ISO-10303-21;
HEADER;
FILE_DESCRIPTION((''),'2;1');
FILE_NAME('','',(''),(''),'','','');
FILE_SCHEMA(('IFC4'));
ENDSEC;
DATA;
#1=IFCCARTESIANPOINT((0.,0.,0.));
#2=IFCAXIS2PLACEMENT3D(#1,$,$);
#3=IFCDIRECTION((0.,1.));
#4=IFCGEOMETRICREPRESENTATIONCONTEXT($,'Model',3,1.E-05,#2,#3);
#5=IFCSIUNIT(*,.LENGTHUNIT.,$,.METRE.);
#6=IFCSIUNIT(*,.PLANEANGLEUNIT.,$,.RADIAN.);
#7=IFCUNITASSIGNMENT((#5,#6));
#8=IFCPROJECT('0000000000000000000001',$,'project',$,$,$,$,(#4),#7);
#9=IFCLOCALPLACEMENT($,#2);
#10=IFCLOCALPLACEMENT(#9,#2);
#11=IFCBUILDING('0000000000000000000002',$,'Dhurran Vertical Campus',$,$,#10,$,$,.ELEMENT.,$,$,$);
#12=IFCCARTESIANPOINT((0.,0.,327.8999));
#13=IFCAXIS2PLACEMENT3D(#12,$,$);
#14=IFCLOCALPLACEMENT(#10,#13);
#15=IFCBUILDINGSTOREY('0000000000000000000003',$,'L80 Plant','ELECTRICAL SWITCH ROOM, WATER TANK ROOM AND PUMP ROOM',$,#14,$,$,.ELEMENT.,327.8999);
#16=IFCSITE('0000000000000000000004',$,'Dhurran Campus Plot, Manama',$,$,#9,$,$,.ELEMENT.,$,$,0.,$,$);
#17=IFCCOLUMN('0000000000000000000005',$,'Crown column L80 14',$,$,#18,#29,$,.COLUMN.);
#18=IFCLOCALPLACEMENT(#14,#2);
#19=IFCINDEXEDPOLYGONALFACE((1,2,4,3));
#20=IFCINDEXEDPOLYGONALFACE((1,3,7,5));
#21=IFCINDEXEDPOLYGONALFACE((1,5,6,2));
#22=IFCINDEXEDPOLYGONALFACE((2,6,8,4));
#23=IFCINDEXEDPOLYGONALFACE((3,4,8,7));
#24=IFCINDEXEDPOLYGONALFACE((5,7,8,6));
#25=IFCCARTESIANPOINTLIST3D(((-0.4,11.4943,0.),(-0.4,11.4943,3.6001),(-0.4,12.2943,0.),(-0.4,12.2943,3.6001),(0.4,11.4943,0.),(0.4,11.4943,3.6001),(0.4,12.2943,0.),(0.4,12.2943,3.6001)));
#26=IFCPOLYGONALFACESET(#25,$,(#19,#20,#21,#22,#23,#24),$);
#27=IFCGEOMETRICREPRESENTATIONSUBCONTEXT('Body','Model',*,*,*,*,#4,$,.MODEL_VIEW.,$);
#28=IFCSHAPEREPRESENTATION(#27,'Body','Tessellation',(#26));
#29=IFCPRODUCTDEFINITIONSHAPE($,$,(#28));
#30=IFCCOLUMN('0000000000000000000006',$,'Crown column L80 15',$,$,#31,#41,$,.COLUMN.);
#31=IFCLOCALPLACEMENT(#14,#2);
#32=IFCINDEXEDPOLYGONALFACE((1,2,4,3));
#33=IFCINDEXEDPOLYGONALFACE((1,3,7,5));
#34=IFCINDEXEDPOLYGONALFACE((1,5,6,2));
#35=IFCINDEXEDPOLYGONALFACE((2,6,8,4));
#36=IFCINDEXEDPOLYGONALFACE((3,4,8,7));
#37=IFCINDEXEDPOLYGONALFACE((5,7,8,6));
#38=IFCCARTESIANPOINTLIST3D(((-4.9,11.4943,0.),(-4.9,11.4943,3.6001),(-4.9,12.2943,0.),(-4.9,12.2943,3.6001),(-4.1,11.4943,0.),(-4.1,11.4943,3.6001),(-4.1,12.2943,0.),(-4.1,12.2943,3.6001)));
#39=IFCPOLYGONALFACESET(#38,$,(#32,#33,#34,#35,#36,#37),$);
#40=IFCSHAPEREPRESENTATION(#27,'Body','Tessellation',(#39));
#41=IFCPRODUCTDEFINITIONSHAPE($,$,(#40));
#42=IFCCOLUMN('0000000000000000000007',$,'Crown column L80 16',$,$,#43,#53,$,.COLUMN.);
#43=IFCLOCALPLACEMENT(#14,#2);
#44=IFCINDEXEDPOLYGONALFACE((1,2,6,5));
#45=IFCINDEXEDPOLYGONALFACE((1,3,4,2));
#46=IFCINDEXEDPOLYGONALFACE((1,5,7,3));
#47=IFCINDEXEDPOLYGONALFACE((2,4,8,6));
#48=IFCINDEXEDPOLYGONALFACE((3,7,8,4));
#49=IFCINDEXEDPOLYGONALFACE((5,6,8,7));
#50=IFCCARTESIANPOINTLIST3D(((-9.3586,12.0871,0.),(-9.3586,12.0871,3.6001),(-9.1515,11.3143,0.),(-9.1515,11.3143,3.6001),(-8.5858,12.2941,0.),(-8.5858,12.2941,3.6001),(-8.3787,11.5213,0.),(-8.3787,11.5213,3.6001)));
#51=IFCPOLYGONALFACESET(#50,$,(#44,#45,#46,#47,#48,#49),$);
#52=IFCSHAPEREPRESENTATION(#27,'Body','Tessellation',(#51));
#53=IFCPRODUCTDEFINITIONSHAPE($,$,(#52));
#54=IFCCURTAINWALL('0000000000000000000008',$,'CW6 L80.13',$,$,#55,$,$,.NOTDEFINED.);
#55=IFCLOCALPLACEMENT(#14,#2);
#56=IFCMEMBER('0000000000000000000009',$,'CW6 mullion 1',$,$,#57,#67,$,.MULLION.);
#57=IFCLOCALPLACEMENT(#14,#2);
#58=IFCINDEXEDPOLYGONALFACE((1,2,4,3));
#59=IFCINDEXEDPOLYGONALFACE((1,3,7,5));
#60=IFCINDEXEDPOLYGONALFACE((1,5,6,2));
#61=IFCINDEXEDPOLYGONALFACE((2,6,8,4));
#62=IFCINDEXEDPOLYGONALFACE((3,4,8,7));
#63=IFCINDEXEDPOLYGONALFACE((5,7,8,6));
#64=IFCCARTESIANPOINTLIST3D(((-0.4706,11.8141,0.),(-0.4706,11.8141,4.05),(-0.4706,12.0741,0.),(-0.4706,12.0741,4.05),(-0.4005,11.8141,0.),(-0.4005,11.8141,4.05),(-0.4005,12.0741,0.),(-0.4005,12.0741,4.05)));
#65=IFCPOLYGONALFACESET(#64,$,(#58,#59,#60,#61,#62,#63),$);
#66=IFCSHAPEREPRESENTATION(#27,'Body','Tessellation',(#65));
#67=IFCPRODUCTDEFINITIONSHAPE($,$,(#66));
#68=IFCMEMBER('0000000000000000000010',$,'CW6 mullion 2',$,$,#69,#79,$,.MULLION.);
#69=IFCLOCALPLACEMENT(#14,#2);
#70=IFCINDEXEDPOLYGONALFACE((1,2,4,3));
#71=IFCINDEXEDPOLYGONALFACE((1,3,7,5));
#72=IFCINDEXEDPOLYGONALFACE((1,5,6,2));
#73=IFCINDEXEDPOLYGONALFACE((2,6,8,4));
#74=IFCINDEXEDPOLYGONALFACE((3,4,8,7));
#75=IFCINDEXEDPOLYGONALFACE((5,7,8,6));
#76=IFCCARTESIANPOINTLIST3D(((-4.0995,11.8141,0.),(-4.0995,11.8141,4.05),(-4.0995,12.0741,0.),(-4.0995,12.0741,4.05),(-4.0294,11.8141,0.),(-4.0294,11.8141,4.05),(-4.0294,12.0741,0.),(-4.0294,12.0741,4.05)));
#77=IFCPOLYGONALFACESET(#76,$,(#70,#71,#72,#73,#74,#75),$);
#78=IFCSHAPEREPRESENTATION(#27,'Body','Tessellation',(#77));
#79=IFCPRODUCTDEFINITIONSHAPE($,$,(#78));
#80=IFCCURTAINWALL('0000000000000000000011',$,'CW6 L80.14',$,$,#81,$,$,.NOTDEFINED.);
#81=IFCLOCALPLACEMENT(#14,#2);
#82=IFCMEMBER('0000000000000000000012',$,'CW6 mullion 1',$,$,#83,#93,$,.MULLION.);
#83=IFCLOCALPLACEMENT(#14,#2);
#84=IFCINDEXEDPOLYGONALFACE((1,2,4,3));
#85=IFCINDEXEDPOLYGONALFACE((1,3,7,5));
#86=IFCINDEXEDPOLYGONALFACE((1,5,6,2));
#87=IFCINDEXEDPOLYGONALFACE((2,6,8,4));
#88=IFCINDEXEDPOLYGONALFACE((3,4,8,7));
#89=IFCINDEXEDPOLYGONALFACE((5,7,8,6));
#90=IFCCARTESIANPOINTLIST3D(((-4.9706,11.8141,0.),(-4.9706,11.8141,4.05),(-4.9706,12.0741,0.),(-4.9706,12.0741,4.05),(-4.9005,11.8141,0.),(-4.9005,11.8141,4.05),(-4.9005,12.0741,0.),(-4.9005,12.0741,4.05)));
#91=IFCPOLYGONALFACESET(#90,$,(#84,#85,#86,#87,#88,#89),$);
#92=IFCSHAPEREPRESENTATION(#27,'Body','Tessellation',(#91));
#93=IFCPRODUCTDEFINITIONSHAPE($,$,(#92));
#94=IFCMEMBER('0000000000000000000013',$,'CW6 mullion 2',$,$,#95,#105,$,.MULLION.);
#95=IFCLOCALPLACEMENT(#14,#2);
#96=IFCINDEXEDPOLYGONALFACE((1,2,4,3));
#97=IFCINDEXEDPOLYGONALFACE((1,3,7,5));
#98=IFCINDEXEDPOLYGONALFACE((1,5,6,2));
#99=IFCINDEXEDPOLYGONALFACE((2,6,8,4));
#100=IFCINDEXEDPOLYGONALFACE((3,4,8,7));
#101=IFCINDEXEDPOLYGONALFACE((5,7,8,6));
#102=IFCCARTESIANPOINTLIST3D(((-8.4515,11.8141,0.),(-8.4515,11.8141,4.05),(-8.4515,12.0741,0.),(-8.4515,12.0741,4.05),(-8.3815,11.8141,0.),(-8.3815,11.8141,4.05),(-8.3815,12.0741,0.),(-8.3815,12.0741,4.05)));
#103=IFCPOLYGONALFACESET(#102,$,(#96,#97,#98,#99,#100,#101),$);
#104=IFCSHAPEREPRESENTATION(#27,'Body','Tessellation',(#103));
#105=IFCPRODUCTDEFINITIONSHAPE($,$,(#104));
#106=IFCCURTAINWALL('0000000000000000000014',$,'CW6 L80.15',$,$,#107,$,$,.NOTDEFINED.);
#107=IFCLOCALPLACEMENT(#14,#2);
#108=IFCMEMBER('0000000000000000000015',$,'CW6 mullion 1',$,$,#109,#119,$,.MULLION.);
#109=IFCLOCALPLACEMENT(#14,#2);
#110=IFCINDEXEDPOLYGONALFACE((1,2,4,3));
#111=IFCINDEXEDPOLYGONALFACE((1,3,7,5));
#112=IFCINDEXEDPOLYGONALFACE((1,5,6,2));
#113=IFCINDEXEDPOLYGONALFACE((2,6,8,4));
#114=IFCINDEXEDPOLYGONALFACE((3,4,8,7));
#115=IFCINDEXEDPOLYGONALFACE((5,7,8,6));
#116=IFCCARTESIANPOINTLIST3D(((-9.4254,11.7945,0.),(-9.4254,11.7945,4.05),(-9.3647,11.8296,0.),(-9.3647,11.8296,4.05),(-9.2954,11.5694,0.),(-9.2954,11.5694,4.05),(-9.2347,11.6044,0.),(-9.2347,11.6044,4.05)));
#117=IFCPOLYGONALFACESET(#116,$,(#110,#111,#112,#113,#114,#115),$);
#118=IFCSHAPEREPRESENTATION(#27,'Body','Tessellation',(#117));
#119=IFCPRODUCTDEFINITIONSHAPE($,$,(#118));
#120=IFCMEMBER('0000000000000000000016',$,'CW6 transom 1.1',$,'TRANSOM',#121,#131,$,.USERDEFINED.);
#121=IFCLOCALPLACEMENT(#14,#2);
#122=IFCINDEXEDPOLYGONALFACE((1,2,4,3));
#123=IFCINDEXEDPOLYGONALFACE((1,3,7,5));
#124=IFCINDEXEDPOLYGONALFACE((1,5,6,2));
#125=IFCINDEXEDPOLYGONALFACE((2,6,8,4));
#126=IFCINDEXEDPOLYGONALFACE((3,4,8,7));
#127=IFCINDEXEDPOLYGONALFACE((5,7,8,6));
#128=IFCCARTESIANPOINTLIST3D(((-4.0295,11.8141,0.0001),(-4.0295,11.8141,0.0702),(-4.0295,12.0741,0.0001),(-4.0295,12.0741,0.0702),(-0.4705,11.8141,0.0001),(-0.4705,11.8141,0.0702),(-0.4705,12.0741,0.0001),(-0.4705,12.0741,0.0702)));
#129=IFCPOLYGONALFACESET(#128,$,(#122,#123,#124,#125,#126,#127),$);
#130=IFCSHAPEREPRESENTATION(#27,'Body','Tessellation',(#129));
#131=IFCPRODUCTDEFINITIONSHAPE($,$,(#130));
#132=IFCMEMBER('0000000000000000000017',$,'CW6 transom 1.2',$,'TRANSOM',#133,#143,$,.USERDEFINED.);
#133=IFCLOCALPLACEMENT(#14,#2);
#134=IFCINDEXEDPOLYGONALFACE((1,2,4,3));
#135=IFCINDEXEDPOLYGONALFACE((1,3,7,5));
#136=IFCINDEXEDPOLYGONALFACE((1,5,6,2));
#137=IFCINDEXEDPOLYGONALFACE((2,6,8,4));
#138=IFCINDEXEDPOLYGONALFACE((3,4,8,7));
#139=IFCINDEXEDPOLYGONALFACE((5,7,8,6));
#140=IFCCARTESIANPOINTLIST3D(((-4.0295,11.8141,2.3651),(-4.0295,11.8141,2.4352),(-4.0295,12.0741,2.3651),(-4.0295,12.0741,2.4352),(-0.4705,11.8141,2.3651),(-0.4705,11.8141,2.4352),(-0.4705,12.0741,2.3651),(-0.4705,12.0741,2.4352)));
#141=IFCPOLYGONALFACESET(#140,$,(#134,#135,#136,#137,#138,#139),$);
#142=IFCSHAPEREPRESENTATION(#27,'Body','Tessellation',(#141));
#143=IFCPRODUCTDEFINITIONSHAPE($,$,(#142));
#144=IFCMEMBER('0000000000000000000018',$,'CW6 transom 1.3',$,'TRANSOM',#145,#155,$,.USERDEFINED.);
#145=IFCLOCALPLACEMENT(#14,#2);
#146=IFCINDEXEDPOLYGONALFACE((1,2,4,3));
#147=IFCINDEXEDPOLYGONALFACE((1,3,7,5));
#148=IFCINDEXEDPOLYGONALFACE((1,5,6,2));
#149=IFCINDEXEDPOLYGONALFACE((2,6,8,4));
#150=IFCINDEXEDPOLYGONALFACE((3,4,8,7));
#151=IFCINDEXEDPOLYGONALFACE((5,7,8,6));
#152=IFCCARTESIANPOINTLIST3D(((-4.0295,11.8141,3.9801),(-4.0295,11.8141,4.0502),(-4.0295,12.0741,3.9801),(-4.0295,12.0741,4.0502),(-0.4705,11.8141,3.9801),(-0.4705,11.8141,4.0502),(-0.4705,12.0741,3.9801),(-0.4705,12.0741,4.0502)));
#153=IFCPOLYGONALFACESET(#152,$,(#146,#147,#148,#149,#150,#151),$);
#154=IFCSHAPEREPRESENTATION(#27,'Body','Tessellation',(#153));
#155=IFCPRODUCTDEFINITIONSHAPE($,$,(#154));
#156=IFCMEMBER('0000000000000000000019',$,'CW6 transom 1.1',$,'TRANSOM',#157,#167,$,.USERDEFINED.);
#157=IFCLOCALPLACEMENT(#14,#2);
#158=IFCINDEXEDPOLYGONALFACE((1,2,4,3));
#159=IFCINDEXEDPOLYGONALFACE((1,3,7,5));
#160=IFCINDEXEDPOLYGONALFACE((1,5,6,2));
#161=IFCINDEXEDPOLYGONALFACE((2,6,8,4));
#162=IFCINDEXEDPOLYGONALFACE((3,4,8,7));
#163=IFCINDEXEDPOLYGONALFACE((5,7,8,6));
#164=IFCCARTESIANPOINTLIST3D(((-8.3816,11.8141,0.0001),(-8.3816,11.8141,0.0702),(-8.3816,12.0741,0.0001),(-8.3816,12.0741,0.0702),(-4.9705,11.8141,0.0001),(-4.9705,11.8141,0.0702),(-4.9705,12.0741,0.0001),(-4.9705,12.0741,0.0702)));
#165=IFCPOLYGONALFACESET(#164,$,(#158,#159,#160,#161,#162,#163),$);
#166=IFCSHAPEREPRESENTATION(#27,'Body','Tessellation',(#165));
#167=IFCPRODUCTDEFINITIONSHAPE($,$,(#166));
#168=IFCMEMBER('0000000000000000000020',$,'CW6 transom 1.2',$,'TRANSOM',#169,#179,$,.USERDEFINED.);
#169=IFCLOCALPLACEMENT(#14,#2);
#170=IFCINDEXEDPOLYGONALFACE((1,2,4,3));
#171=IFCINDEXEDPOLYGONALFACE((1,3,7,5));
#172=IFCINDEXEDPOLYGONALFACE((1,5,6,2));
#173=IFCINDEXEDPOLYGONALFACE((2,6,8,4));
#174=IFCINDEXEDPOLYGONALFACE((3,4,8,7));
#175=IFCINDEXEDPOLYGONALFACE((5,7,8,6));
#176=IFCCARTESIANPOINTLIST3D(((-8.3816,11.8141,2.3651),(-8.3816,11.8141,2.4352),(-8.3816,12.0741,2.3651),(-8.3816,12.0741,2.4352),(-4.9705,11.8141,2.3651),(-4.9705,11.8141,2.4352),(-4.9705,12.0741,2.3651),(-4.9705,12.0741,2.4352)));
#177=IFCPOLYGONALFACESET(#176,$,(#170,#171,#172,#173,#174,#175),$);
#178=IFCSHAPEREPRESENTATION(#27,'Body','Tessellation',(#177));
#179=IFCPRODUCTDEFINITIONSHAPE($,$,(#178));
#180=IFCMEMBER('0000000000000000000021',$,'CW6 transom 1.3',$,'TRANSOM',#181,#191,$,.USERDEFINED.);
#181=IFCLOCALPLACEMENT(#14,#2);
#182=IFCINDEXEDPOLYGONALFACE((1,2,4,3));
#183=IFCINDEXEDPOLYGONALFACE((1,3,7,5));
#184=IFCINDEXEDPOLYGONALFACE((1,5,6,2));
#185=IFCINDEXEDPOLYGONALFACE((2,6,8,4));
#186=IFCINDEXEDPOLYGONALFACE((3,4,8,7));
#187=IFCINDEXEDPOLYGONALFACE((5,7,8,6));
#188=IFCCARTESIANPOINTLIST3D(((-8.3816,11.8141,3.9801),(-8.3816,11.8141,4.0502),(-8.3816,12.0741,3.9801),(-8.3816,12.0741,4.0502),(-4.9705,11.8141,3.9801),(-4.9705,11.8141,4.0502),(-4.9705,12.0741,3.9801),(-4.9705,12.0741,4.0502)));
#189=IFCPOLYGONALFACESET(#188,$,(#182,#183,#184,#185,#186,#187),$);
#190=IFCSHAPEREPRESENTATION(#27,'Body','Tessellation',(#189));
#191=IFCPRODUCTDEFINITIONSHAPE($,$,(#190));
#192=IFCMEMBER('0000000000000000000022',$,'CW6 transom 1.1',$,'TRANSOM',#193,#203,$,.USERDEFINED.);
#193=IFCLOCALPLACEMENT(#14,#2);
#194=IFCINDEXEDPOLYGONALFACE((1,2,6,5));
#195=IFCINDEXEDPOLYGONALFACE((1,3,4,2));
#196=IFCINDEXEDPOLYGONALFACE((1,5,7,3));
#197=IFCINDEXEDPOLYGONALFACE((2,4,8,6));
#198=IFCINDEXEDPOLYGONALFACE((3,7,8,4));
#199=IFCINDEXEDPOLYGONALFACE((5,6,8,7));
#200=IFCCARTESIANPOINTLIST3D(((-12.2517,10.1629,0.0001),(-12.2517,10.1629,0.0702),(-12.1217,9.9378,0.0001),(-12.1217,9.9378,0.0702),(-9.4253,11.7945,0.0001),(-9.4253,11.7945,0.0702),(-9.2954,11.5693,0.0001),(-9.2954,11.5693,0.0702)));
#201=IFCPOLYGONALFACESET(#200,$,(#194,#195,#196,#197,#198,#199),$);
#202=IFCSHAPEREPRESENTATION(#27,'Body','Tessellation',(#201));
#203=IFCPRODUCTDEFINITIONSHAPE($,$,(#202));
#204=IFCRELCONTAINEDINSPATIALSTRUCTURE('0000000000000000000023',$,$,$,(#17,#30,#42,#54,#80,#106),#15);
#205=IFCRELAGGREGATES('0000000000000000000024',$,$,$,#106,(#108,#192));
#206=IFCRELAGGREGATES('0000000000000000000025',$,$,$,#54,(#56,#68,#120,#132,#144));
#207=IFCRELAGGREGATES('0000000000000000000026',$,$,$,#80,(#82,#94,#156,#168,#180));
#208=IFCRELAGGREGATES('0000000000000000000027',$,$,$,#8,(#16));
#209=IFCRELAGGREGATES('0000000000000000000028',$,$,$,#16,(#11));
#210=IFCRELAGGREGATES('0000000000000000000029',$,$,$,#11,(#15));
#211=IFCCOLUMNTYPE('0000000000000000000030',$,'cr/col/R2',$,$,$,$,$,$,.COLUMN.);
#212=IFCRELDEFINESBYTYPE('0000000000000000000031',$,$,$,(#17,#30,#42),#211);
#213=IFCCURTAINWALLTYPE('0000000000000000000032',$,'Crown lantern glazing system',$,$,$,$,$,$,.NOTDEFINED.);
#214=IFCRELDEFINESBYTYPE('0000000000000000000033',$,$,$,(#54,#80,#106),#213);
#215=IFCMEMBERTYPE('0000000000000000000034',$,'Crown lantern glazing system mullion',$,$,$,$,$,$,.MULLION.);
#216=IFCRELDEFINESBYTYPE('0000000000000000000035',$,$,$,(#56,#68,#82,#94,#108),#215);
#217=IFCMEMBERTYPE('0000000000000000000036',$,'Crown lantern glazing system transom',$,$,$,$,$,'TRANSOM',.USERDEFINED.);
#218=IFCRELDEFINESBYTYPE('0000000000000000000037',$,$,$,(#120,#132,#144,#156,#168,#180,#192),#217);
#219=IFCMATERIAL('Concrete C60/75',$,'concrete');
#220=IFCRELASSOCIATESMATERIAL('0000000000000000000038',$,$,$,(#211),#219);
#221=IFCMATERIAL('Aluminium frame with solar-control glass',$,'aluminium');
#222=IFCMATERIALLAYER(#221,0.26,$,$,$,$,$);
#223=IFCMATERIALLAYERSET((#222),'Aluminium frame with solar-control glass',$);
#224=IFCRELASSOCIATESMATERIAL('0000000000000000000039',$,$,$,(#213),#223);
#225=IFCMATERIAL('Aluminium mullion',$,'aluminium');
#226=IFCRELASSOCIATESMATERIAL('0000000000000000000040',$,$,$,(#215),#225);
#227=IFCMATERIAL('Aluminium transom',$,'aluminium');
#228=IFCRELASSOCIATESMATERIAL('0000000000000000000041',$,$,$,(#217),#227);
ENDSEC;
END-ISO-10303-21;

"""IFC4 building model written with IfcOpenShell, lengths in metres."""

from ifc_helpers import new_model, si_unit, direction, frame, origin, origin_2d, place, context, subcontext, project, spatial, rectangle, extrude, material, layer, layer_set, material_profile, profile_set, type_object, element, aggregate, save


model = new_model("IFC4")

# Units and contexts
model_context = context("Model", 3, precision=1e-05, world=origin(), true_north=direction((0.0, 1.0)))
body_context = subcontext(model_context, "Body", "Model", "MODEL_VIEW")
ifc_project = project(units=[si_unit("LENGTHUNIT", "METRE"), si_unit("PLANEANGLEUNIT", "RADIAN")], contexts=[model_context])

# Site, building, storey
site_placement = place(None, origin())
site = spatial("IfcSite", under=ifc_project, at=site_placement, Name="Dhurran Campus Plot, Manama", CompositionType="ELEMENT", RefElevation=0.0)
building_placement = place(site_placement, origin())
building = spatial("IfcBuilding", under=site, at=building_placement, Name="Dhurran Vertical Campus", CompositionType="ELEMENT")
storey_placement = place(building_placement, frame((0.0, 0.0, 327.8999)))
storey = spatial("IfcBuildingStorey", under=building, at=storey_placement, Name="L80 Plant", Description="ELECTRICAL SWITCH ROOM, WATER TANK ROOM AND PUMP ROOM", CompositionType="ELEMENT", Elevation=327.8999)

# Columns
ifc_material_1 = material(Name="Concrete C60/75", Category="concrete")
ifc_material_profile_1 = material_profile(ifc_material_1, rectangle(XDim=0.8, YDim=0.8, at=origin_2d()), Name="cr/col/R2")
ifc_profile_set_1 = profile_set([ifc_material_profile_1], Name="Concrete C60/75")
column_type = type_object("IfcColumnType", Name="cr/col/R2", PredefinedType="COLUMN", material=ifc_profile_set_1)
for number, where, z_axis, x_axis, name in (
    (1, (0.0, 11.8943, 0.0), (0.0, 0.0, 1.0), (-1.0, 0.0, 0.0), "Crown column L80 14"),
    (2, (-4.5, 11.8943, 0.0), (0.0, 0.0, 1.0), (-1.0, 0.0, 0.0), "Crown column L80 15"),
    (3, (-8.8687, 11.8042, 0.0), (0.0, 0.0, 1.0), (-0.965926, -0.258819, 0.0), "Crown column L80 16"),
):
    element("IfcColumn", number, at=place(storey_placement, frame(where, z_axis=z_axis, x_axis=x_axis)), inside=storey, type_object=column_type, Name=name, PredefinedType="COLUMN", context=body_context, shape_type="SweptSolid", body=[
        extrude(rectangle(XDim=0.8, YDim=0.8, at=origin_2d()), origin(), (0.0, 0.0, 1.0), 3.6001),
    ])

# Curtain walls, members
ifc_material_2 = material(Name="Aluminium frame with solar-control glass", Category="aluminium")
ifc_layer_1 = layer(ifc_material_2, 0.26)
ifc_layer_set_1 = layer_set([ifc_layer_1], Name="Aluminium frame with solar-control glass")
curtain_wall_type = type_object("IfcCurtainWallType", Name="Crown lantern glazing system", PredefinedType="NOTDEFINED", material=ifc_layer_set_1)
curtain_wall_1_placement = place(storey_placement, origin())
curtain_wall_1 = element("IfcCurtainWall", 4, at=curtain_wall_1_placement, inside=storey, type_object=curtain_wall_type, Name="CW6 L80.13", PredefinedType="NOTDEFINED")
ifc_material_3 = material(Name="Aluminium mullion", Category="aluminium")
ifc_material_profile_2 = material_profile(ifc_material_3, rectangle(XDim=0.26, YDim=0.0701, at=origin_2d()), Name="Crown lantern glazing system mullion")
ifc_profile_set_2 = profile_set([ifc_material_profile_2], Name="Aluminium mullion")
member_type_1 = type_object("IfcMemberType", Name="Crown lantern glazing system mullion", PredefinedType="MULLION", material=ifc_profile_set_2)
member_1_placement = place(storey_placement, frame((-0.4355, 11.9441, 0.0), z_axis=(0.0, 0.0, 1.0), x_axis=(0.0, -1.0, 0.0)))
member_1 = element("IfcMember", 5, at=member_1_placement, type_object=member_type_1, Name="CW6 mullion 1", PredefinedType="MULLION", context=body_context, shape_type="SweptSolid", body=[
    extrude(rectangle(XDim=0.26, YDim=0.0701, at=origin_2d()), origin(), (0.0, 0.0, 1.0), 4.05),
])
member_2_placement = place(storey_placement, frame((-4.0645, 11.9441, 0.0), z_axis=(0.0, 0.0, 1.0), x_axis=(0.0, -1.0, 0.0)))
member_2 = element("IfcMember", 6, at=member_2_placement, type_object=member_type_1, Name="CW6 mullion 2", PredefinedType="MULLION", context=body_context, shape_type="SweptSolid", body=[
    extrude(rectangle(XDim=0.26, YDim=0.0701, at=origin_2d()), origin(), (0.0, 0.0, 1.0), 4.05),
])
curtain_wall_2_placement = place(storey_placement, origin())
curtain_wall_2 = element("IfcCurtainWall", 7, at=curtain_wall_2_placement, inside=storey, type_object=curtain_wall_type, Name="CW6 L80.14", PredefinedType="NOTDEFINED")
member_3_placement = place(storey_placement, frame((-4.9355, 11.9441, 0.0), z_axis=(0.0, 0.0, 1.0), x_axis=(0.0, -1.0, 0.0)))
member_3 = element("IfcMember", 8, at=member_3_placement, type_object=member_type_1, Name="CW6 mullion 1", PredefinedType="MULLION", context=body_context, shape_type="SweptSolid", body=[
    extrude(rectangle(XDim=0.26, YDim=0.0701, at=origin_2d()), origin(), (0.0, 0.0, 1.0), 4.05),
])
member_4_placement = place(storey_placement, frame((-8.4165, 11.9441, 0.0), z_axis=(0.0, 0.0, 1.0), x_axis=(0.0, -1.0, 0.0)))
member_4 = element("IfcMember", 9, at=member_4_placement, type_object=member_type_1, Name="CW6 mullion 2", PredefinedType="MULLION", context=body_context, shape_type="SweptSolid", body=[
    extrude(rectangle(XDim=0.26, YDim=0.0701, at=origin_2d()), origin(), (0.0, 0.0, 1.0), 4.05),
])

# Curtain wall, member
curtain_wall_3_placement = place(storey_placement, origin())
curtain_wall_3 = element("IfcCurtainWall", 10, at=curtain_wall_3_placement, inside=storey, type_object=curtain_wall_type, Name="CW6 L80.15", PredefinedType="NOTDEFINED")
member_5_placement = place(storey_placement, frame((-9.3301, 11.6995, 0.0), z_axis=(0.0, 0.0, 1.0), x_axis=(0.499991, -0.86603, 0.0)))
member_5 = element("IfcMember", 11, at=member_5_placement, type_object=member_type_1, Name="CW6 mullion 1", PredefinedType="MULLION", context=body_context, shape_type="SweptSolid", body=[
    extrude(rectangle(XDim=0.26, YDim=0.0701, at=origin_2d()), origin(), (0.0, 0.0, 1.0), 4.05),
])

# Members
ifc_material_4 = material(Name="Aluminium transom", Category="aluminium")
ifc_material_profile_3 = material_profile(ifc_material_4, rectangle(XDim=0.26, YDim=0.0701, at=origin_2d()), Name="Crown lantern glazing system transom")
ifc_profile_set_3 = profile_set([ifc_material_profile_3], Name="Aluminium transom")
member_type_2 = type_object("IfcMemberType", Name="Crown lantern glazing system transom", ElementType="TRANSOM", PredefinedType="USERDEFINED", material=ifc_profile_set_3)
member_6_placement = place(storey_placement, frame((-0.4705, 11.9441, 0.0352), z_axis=(-1.0, 0.0, 0.0), x_axis=(0.0, -1.0, 0.0)))
member_6 = element("IfcMember", 12, at=member_6_placement, type_object=member_type_2, Name="CW6 transom 1.1", ObjectType="TRANSOM", PredefinedType="USERDEFINED", context=body_context, shape_type="SweptSolid", body=[
    extrude(rectangle(XDim=0.26, YDim=0.0701, at=origin_2d()), origin(), (0.0, 0.0, 1.0), 3.5591),
])
member_7_placement = place(storey_placement, frame((-0.4705, 11.9441, 2.4001), z_axis=(-1.0, 0.0, 0.0), x_axis=(0.0, -1.0, 0.0)))
member_7 = element("IfcMember", 13, at=member_7_placement, type_object=member_type_2, Name="CW6 transom 1.2", ObjectType="TRANSOM", PredefinedType="USERDEFINED", context=body_context, shape_type="SweptSolid", body=[
    extrude(rectangle(XDim=0.26, YDim=0.0701, at=origin_2d()), origin(), (0.0, 0.0, 1.0), 3.5591),
])
member_8_placement = place(storey_placement, frame((-0.4705, 11.9441, 4.0151), z_axis=(-1.0, 0.0, 0.0), x_axis=(0.0, -1.0, 0.0)))
member_8 = element("IfcMember", 14, at=member_8_placement, type_object=member_type_2, Name="CW6 transom 1.3", ObjectType="TRANSOM", PredefinedType="USERDEFINED", context=body_context, shape_type="SweptSolid", body=[
    extrude(rectangle(XDim=0.26, YDim=0.0701, at=origin_2d()), origin(), (0.0, 0.0, 1.0), 3.5591),
])
member_9_placement = place(storey_placement, frame((-4.9705, 11.9441, 0.0352), z_axis=(-1.0, 0.0, 0.0), x_axis=(0.0, -1.0, 0.0)))
member_9 = element("IfcMember", 15, at=member_9_placement, type_object=member_type_2, Name="CW6 transom 1.1", ObjectType="TRANSOM", PredefinedType="USERDEFINED", context=body_context, shape_type="SweptSolid", body=[
    extrude(rectangle(XDim=0.26, YDim=0.0701, at=origin_2d()), origin(), (0.0, 0.0, 1.0), 3.4111),
])
member_10_placement = place(storey_placement, frame((-4.9705, 11.9441, 2.4001), z_axis=(-1.0, 0.0, 0.0), x_axis=(0.0, -1.0, 0.0)))
member_10 = element("IfcMember", 16, at=member_10_placement, type_object=member_type_2, Name="CW6 transom 1.2", ObjectType="TRANSOM", PredefinedType="USERDEFINED", context=body_context, shape_type="SweptSolid", body=[
    extrude(rectangle(XDim=0.26, YDim=0.0701, at=origin_2d()), origin(), (0.0, 0.0, 1.0), 3.4111),
])
member_11_placement = place(storey_placement, frame((-4.9705, 11.9441, 4.0151), z_axis=(-1.0, 0.0, 0.0), x_axis=(0.0, -1.0, 0.0)))
member_11 = element("IfcMember", 17, at=member_11_placement, type_object=member_type_2, Name="CW6 transom 1.3", ObjectType="TRANSOM", PredefinedType="USERDEFINED", context=body_context, shape_type="SweptSolid", body=[
    extrude(rectangle(XDim=0.26, YDim=0.0701, at=origin_2d()), origin(), (0.0, 0.0, 1.0), 3.4111),
])
member_12_placement = place(storey_placement, frame((-9.3604, 11.6819, 0.0352), z_axis=(-0.866057, -0.499945, 0.0), x_axis=(0.499945, -0.866057, 0.0)))
member_12 = element("IfcMember", 18, at=member_12_placement, type_object=member_type_2, Name="CW6 transom 1.1", ObjectType="TRANSOM", PredefinedType="USERDEFINED", context=body_context, shape_type="SweptSolid", body=[
    extrude(rectangle(XDim=0.26, YDim=0.0701, at=origin_2d()), origin(), (0.0, 0.0, 1.0), 3.2634),
])
aggregate(curtain_wall_3, [member_5, member_12])

aggregate(curtain_wall_1, [member_1, member_2, member_6, member_7, member_8])
aggregate(curtain_wall_2, [member_3, member_4, member_9, member_10, member_11])

save(model, "model.ifc")
